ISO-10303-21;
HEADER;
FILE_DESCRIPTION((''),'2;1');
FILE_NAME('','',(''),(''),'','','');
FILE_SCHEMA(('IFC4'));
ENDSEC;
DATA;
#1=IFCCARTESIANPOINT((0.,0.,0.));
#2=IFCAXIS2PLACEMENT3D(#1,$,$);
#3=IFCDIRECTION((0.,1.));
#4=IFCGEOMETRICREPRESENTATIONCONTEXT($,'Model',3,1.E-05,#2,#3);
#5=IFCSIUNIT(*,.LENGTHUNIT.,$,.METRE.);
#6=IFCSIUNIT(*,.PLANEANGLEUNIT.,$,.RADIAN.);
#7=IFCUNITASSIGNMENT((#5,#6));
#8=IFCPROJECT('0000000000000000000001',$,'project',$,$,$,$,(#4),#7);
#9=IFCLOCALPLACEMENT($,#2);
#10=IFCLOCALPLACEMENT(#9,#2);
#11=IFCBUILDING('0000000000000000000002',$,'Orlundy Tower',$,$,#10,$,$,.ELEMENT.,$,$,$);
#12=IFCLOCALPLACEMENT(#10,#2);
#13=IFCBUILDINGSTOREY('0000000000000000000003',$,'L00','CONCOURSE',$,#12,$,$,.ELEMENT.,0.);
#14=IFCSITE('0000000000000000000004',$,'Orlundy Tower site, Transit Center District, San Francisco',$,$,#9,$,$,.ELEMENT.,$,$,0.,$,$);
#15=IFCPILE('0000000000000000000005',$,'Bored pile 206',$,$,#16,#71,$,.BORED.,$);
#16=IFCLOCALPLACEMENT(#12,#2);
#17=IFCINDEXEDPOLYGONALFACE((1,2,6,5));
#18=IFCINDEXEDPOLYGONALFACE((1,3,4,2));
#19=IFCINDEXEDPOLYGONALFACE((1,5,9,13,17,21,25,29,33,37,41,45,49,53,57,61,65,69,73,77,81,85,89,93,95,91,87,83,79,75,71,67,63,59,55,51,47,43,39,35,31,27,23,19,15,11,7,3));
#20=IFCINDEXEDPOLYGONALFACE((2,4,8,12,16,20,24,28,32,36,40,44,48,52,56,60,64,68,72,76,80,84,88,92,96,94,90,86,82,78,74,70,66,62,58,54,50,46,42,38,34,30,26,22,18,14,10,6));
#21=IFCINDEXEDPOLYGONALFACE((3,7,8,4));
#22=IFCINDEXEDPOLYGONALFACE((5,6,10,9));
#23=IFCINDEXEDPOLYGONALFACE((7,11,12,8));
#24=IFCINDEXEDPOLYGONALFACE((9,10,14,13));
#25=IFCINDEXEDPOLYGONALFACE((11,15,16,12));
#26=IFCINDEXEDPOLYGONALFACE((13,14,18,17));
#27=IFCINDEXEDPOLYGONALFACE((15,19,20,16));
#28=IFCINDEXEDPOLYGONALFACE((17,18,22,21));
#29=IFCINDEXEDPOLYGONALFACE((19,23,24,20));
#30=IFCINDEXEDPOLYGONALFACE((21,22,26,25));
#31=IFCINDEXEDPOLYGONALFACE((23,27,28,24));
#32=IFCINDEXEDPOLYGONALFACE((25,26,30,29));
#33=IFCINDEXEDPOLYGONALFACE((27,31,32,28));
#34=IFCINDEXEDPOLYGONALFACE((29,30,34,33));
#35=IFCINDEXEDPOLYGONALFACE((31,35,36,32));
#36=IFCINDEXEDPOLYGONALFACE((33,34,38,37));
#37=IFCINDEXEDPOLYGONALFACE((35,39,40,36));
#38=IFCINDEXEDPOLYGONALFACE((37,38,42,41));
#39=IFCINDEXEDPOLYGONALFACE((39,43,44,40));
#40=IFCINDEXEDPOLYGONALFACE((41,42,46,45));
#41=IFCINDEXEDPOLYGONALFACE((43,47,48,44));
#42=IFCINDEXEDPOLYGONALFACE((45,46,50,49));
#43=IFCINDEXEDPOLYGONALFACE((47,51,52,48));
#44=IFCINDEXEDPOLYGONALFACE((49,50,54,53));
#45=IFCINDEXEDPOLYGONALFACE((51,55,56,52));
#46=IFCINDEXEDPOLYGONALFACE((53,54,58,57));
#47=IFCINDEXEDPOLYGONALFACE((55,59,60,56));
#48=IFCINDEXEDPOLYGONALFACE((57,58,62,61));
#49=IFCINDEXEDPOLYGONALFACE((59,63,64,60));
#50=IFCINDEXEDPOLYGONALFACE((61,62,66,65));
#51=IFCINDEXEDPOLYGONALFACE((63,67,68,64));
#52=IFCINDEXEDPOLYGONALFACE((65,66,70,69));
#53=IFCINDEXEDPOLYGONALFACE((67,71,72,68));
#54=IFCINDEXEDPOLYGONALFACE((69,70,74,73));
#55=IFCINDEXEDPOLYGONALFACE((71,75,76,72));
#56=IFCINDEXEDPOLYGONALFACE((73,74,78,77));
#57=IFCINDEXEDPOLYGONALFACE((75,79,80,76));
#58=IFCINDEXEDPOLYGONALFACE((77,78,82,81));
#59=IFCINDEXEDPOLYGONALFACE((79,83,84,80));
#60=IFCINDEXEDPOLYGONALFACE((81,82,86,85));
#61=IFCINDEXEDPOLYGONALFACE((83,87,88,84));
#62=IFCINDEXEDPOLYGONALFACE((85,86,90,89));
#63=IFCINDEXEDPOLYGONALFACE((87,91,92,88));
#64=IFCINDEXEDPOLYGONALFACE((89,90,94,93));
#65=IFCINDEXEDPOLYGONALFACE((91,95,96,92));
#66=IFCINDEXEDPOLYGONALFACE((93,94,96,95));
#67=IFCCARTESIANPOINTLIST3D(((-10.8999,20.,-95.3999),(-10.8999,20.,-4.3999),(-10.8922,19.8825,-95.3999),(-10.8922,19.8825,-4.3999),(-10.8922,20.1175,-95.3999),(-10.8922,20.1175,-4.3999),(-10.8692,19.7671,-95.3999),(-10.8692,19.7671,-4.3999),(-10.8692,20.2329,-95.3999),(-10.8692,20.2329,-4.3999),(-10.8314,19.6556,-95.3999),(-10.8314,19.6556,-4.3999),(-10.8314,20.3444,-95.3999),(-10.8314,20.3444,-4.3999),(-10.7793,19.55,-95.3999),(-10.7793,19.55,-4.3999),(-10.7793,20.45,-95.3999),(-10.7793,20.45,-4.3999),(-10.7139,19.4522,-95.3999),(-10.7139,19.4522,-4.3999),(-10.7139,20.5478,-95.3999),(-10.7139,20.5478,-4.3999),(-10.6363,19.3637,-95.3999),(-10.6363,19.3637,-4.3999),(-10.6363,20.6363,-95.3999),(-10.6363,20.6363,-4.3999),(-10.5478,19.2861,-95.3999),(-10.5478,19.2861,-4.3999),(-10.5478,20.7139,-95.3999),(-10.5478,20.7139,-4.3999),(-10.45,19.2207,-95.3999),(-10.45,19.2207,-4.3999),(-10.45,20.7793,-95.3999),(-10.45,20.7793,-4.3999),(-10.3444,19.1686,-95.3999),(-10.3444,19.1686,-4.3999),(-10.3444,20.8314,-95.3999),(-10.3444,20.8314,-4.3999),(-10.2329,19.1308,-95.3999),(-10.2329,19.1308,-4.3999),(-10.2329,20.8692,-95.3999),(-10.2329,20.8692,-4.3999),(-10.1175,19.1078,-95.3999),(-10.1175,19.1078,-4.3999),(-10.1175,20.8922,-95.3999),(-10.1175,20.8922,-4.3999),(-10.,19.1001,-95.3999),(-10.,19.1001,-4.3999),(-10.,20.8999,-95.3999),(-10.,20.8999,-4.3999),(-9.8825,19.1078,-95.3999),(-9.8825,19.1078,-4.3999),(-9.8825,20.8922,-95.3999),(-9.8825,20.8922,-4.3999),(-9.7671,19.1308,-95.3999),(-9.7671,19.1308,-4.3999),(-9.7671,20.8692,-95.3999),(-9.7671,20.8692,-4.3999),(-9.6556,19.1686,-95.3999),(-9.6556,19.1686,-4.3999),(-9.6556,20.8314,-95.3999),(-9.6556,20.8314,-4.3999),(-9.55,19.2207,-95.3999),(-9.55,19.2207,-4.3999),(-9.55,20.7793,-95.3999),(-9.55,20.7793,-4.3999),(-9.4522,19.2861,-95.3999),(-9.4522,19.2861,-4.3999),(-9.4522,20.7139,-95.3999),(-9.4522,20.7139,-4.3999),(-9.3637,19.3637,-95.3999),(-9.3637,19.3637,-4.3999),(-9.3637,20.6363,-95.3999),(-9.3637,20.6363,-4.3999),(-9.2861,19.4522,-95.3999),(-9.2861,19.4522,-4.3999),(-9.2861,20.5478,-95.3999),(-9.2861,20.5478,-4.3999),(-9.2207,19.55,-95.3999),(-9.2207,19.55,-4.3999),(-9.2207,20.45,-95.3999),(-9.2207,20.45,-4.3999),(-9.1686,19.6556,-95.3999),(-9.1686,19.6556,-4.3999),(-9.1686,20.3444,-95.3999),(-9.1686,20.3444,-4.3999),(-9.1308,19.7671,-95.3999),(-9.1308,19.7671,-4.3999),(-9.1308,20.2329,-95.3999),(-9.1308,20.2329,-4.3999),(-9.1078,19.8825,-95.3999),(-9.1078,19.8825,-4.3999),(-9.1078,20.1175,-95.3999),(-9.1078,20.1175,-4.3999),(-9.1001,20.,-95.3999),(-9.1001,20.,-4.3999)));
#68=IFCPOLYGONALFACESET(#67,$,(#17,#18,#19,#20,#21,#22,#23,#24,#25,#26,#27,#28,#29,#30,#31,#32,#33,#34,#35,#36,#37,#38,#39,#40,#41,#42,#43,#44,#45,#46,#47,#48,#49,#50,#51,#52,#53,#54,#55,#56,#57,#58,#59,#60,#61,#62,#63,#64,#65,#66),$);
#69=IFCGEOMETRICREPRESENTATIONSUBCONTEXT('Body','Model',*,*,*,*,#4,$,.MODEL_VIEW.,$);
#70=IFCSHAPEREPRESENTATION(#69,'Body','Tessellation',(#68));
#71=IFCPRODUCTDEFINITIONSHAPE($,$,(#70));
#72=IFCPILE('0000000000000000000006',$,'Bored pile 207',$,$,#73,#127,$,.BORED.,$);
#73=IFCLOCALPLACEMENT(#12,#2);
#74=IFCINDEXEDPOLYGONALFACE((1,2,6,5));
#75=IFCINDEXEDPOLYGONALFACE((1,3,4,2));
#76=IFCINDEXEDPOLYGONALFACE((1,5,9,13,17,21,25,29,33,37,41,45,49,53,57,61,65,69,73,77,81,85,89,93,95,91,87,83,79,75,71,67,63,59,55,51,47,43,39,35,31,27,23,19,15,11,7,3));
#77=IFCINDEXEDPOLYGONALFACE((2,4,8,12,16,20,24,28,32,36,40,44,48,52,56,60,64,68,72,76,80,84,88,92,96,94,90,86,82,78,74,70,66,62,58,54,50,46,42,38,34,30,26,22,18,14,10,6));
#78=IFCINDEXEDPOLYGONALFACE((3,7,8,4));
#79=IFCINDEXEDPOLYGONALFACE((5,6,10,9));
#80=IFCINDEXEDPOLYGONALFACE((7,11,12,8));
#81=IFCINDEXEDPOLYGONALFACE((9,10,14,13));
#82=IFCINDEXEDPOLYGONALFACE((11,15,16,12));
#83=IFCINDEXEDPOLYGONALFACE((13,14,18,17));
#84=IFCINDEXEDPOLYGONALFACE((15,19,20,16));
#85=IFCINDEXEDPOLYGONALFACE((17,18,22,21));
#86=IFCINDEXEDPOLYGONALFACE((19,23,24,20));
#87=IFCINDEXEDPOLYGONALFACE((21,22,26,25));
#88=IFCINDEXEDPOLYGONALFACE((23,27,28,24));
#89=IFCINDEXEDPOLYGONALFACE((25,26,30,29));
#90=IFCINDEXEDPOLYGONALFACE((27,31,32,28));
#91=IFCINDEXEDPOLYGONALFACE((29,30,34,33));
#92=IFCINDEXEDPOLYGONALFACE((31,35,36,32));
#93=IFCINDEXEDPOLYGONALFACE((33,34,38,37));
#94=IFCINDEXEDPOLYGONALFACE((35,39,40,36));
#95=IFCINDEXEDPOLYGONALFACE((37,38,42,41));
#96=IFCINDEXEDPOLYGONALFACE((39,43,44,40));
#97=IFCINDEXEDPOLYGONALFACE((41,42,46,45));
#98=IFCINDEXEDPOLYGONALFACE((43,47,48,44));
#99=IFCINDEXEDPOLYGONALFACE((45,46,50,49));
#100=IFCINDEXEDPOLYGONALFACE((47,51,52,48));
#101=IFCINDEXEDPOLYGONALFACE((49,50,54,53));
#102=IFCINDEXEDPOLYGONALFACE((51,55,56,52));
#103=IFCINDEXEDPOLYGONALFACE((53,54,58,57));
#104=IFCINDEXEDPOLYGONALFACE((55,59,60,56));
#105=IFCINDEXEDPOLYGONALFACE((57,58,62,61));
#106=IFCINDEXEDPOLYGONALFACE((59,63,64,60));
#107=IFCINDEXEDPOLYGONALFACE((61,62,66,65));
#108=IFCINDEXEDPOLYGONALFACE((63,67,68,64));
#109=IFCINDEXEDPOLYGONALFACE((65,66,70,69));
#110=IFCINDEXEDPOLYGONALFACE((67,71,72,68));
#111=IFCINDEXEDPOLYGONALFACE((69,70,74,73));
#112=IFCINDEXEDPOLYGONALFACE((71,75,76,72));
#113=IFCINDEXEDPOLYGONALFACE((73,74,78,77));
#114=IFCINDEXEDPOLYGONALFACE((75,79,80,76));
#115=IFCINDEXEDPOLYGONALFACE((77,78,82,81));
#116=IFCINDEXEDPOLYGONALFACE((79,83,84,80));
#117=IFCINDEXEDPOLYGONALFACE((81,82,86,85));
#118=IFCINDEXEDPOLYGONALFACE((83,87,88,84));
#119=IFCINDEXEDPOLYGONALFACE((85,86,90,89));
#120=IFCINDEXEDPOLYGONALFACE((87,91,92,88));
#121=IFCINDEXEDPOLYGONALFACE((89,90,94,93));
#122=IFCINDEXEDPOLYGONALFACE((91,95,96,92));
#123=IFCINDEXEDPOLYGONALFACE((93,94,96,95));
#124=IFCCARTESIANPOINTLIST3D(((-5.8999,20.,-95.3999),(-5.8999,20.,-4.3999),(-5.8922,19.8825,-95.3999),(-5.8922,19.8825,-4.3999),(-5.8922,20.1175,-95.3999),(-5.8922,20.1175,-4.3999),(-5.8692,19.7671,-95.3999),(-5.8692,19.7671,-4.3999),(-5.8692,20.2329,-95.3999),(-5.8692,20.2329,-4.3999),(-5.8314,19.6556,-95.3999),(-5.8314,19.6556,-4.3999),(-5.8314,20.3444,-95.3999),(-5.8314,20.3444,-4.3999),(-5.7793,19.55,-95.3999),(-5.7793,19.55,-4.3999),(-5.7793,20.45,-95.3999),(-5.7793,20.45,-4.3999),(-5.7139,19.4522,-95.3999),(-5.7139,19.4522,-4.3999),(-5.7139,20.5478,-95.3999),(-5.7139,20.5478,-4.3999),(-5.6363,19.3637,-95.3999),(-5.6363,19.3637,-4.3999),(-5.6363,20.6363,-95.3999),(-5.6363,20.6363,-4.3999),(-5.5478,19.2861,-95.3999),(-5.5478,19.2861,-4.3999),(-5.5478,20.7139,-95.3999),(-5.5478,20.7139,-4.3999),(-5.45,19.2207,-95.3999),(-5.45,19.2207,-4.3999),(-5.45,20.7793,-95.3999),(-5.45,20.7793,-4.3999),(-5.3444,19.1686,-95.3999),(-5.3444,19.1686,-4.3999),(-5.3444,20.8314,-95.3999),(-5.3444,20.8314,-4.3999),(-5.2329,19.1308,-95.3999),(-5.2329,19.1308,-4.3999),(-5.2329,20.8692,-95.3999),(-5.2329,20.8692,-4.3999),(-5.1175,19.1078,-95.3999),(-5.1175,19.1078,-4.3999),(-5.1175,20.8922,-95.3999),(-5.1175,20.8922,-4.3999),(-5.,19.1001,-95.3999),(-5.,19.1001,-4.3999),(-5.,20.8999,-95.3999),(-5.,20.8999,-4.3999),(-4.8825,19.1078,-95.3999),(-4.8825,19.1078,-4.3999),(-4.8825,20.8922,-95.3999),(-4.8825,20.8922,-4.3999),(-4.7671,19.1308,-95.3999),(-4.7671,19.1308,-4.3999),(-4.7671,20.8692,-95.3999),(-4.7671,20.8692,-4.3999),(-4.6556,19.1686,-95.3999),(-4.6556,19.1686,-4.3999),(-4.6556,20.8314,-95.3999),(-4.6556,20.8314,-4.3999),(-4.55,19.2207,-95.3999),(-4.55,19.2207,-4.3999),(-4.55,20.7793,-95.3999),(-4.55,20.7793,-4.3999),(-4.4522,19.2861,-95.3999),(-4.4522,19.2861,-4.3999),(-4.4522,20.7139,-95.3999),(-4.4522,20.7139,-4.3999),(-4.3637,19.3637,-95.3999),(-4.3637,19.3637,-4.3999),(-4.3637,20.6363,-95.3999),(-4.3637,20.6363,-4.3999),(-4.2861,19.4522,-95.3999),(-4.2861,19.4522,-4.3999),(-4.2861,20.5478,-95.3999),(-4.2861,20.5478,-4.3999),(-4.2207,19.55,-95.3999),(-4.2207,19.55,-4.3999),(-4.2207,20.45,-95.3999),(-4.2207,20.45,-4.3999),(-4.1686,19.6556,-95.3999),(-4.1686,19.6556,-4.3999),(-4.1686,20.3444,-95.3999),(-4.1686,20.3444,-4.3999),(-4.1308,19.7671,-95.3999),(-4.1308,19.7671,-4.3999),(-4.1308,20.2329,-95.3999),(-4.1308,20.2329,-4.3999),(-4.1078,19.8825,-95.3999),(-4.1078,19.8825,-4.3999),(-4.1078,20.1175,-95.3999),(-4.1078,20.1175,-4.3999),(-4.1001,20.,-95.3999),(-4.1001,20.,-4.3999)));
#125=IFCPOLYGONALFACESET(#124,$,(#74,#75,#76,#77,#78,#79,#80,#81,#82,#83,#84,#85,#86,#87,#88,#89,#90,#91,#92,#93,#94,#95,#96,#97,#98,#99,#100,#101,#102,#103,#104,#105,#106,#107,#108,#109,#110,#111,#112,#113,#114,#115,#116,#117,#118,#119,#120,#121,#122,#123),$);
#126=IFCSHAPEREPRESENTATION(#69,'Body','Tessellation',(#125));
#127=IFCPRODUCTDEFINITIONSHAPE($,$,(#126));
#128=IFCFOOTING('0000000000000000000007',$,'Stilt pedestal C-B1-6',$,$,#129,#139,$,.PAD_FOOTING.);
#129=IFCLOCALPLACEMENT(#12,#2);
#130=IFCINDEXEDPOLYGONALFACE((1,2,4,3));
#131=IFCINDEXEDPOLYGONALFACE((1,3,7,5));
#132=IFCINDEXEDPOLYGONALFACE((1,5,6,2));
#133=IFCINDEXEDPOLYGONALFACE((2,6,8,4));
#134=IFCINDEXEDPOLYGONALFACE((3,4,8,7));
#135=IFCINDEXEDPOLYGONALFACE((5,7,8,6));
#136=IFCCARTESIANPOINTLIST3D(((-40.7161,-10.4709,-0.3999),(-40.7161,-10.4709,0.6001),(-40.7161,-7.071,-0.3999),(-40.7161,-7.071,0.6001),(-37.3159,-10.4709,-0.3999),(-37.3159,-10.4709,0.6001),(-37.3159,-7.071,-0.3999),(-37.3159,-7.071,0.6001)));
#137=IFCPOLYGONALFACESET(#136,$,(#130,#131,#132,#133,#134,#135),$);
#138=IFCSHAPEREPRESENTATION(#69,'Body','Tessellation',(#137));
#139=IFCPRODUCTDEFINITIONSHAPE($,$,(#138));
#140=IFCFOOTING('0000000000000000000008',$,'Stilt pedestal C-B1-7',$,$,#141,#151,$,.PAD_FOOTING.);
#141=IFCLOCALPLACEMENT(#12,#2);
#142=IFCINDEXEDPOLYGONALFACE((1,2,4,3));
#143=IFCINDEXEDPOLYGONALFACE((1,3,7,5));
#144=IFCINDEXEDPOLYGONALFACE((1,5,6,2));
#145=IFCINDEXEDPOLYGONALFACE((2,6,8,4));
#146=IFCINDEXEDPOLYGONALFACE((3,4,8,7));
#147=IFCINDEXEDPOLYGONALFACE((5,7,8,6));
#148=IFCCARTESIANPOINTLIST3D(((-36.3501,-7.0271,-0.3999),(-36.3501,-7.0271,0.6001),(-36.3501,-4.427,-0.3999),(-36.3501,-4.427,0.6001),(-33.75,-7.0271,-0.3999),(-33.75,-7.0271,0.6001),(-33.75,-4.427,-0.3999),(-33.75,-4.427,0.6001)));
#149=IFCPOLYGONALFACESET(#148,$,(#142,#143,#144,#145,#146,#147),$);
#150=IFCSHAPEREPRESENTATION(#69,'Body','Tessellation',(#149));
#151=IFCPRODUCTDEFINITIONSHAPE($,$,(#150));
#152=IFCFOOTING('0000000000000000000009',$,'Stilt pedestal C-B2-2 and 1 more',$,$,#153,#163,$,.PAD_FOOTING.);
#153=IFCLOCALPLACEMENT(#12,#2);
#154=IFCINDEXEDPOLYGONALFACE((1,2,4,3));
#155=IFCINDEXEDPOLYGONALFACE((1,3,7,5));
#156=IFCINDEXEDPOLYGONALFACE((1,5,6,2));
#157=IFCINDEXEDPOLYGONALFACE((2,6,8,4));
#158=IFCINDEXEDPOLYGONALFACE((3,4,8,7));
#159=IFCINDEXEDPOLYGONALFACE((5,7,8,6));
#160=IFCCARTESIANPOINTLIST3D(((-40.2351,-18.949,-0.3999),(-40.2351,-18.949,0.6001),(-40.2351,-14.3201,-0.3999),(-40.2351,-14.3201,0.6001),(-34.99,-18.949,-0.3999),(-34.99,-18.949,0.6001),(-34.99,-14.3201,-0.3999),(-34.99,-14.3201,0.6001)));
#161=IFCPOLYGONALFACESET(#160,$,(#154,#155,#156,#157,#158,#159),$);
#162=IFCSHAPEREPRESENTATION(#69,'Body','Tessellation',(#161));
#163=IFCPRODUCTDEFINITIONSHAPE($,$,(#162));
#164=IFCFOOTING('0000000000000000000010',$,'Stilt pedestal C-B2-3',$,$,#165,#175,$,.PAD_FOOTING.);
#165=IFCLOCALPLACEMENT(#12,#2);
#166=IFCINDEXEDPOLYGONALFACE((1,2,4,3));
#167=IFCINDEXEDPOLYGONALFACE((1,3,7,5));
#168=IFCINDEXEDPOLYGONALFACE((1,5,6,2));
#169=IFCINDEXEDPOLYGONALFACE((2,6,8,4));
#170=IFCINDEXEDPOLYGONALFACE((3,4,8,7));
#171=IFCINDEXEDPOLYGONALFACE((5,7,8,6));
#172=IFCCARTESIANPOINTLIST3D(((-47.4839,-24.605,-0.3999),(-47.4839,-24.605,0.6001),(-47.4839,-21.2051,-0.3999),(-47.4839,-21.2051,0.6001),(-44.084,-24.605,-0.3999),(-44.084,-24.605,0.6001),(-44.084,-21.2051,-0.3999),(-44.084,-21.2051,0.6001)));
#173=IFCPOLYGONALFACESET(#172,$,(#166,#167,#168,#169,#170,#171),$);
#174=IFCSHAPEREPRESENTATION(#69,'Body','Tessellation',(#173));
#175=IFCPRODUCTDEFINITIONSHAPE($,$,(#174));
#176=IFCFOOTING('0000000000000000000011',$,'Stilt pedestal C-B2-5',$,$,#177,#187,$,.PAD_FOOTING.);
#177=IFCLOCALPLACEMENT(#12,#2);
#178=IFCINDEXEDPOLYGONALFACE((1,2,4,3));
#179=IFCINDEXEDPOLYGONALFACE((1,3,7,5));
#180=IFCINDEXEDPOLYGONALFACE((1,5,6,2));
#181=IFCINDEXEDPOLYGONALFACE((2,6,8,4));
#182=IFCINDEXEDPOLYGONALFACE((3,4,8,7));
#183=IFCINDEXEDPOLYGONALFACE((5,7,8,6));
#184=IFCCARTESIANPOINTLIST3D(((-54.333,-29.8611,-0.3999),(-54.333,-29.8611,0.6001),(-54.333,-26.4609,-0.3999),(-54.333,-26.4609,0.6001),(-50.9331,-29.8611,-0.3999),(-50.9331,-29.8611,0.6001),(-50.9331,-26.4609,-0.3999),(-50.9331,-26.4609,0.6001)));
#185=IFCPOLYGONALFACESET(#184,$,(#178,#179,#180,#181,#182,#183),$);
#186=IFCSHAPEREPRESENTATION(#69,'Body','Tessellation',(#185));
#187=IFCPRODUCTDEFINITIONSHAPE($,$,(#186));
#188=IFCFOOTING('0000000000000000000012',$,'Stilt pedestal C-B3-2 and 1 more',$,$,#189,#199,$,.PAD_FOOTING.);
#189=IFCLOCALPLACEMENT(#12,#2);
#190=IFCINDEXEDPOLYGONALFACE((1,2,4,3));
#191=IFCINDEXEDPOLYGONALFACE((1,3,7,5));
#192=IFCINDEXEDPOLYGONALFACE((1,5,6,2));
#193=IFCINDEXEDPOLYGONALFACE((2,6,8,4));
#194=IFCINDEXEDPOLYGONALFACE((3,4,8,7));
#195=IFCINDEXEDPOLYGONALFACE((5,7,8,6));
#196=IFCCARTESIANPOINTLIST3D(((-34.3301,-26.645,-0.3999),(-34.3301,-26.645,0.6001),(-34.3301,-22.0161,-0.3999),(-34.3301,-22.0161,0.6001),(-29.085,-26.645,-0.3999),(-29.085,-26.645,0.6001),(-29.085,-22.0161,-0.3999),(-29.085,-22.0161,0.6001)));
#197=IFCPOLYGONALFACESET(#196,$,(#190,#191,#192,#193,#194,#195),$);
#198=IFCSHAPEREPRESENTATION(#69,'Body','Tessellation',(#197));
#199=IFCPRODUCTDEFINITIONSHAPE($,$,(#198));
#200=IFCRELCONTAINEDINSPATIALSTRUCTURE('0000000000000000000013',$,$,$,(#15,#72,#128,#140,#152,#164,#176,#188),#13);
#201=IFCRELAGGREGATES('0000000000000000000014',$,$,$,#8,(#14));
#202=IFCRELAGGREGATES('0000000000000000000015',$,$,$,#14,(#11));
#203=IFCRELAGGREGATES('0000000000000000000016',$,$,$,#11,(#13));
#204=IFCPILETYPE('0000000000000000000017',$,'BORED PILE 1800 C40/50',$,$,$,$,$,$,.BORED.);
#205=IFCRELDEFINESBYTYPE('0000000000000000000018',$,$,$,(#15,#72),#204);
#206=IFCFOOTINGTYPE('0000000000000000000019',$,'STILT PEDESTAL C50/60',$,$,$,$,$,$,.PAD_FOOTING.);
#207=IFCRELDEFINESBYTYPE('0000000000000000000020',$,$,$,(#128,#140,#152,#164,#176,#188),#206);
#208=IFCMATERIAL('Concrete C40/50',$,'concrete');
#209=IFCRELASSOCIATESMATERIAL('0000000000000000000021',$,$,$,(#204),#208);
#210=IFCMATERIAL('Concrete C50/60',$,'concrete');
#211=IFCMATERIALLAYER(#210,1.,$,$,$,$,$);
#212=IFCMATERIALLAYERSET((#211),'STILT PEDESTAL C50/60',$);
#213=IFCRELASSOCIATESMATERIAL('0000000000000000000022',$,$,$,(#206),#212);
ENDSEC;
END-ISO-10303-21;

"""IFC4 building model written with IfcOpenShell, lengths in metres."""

from ifc_helpers import new_model, si_unit, direction, frame, origin, origin_2d, place, context, subcontext, project, spatial, polyline, circle, outline, extrude, material, layer, layer_set, material_profile, profile_set, type_object, element, save


model = new_model("IFC4")

# Units and contexts
model_context = context("Model", 3, precision=1e-05, world=origin(), true_north=direction((0.0, 1.0)))
body_context = subcontext(model_context, "Body", "Model", "MODEL_VIEW")
ifc_project = project(units=[si_unit("LENGTHUNIT", "METRE"), si_unit("PLANEANGLEUNIT", "RADIAN")], contexts=[model_context])

# Site, building, storey
site_placement = place(None, origin())
site = spatial("IfcSite", under=ifc_project, at=site_placement, Name="Orlundy Tower site, Transit Center District, San Francisco", CompositionType="ELEMENT", RefElevation=0.0)
building_placement = place(site_placement, origin())
building = spatial("IfcBuilding", under=site, at=building_placement, Name="Orlundy Tower", CompositionType="ELEMENT")
storey_placement = place(building_placement, origin())
storey = spatial("IfcBuildingStorey", under=building, at=storey_placement, Name="L00", Description="CONCOURSE", CompositionType="ELEMENT", Elevation=0.0)

# Piles
ifc_material_1 = material(Name="Concrete C40/50", Category="concrete")
ifc_material_profile = material_profile(ifc_material_1, circle(Radius=0.8999, at=origin_2d()), Name="BP1800")
ifc_profile_set = profile_set([ifc_material_profile], Name="Concrete C40/50")
pile_type = type_object("IfcPileType", Name="BORED PILE 1800 C40/50", PredefinedType="BORED", material=ifc_profile_set)
for number, where, z_axis, x_axis, name in (
    (1, (-10.0, 20.0, -4.3999), (0.0, 0.0, -1.0), (1.0, 0.0, 0.0), "Bored pile 206"),
    (2, (-5.0, 20.0, -4.3999), (0.0, 0.0, -1.0), (1.0, 0.0, 0.0), "Bored pile 207"),
):
    element("IfcPile", number, at=place(storey_placement, frame(where, z_axis=z_axis, x_axis=x_axis)), inside=storey, type_object=pile_type, Name=name, PredefinedType="BORED", context=body_context, shape_type="SweptSolid", body=[
        extrude(circle(Radius=0.8999, at=origin_2d()), origin(), (0.0, 0.0, 1.0), 91.0),
    ])

# Footings
ifc_material_2 = material(Name="Concrete C50/60", Category="concrete")
ifc_layer_1 = layer(ifc_material_2, 1.0)
ifc_layer_set_1 = layer_set([ifc_layer_1], Name="STILT PEDESTAL C50/60")
footing_type = type_object("IfcFootingType", Name="STILT PEDESTAL C50/60", PredefinedType="PAD_FOOTING", material=ifc_layer_set_1)
footing_1_placement = place(storey_placement, frame((0.0, 0.0, -0.3999)))
element("IfcFooting", 3, at=footing_1_placement, inside=storey, type_object=footing_type, Name="Stilt pedestal C-B1-6", PredefinedType="PAD_FOOTING", context=body_context, shape_type="SweptSolid", body=[
    extrude(outline(polyline([(-37.3159, -10.4709), (-37.3159, -7.071), (-40.7161, -7.071), (-40.7161, -10.4709), (-37.3159, -10.4709)])), origin(), (0.0, 0.0, 1.0), 1.0),
])
footing_2_placement = place(storey_placement, frame((0.0, 0.0, -0.3999)))
element("IfcFooting", 4, at=footing_2_placement, inside=storey, type_object=footing_type, Name="Stilt pedestal C-B1-7", PredefinedType="PAD_FOOTING", context=body_context, shape_type="SweptSolid", body=[
    extrude(outline(polyline([(-33.75, -7.0271), (-33.75, -4.427), (-36.3501, -4.427), (-36.3501, -7.0271), (-33.75, -7.0271)])), origin(), (0.0, 0.0, 1.0), 1.0),
])
footing_3_placement = place(storey_placement, frame((0.0, 0.0, -0.3999)))
element("IfcFooting", 5, at=footing_3_placement, inside=storey, type_object=footing_type, Name="Stilt pedestal C-B2-2 and 1 more", PredefinedType="PAD_FOOTING", context=body_context, shape_type="SweptSolid", body=[
    extrude(outline(polyline([(-34.99, -18.949), (-34.99, -14.3201), (-40.2351, -14.3201), (-40.2351, -18.949), (-34.99, -18.949)])), origin(), (0.0, 0.0, 1.0), 1.0),
])
footing_4_placement = place(storey_placement, frame((0.0, 0.0, -0.3999)))
element("IfcFooting", 6, at=footing_4_placement, inside=storey, type_object=footing_type, Name="Stilt pedestal C-B2-3", PredefinedType="PAD_FOOTING", context=body_context, shape_type="SweptSolid", body=[
    extrude(outline(polyline([(-44.084, -24.605), (-44.084, -21.2051), (-47.4839, -21.2051), (-47.4839, -24.605), (-44.084, -24.605)])), origin(), (0.0, 0.0, 1.0), 1.0),
])
footing_5_placement = place(storey_placement, frame((0.0, 0.0, -0.3999)))
element("IfcFooting", 7, at=footing_5_placement, inside=storey, type_object=footing_type, Name="Stilt pedestal C-B2-5", PredefinedType="PAD_FOOTING", context=body_context, shape_type="SweptSolid", body=[
    extrude(outline(polyline([(-50.9331, -29.8611), (-50.9331, -26.4609), (-54.333, -26.4609), (-54.333, -29.8611), (-50.9331, -29.8611)])), origin(), (0.0, 0.0, 1.0), 1.0),
])
footing_6_placement = place(storey_placement, frame((0.0, 0.0, -0.3999)))
element("IfcFooting", 8, at=footing_6_placement, inside=storey, type_object=footing_type, Name="Stilt pedestal C-B3-2 and 1 more", PredefinedType="PAD_FOOTING", context=body_context, shape_type="SweptSolid", body=[
    extrude(outline(polyline([(-29.085, -26.645), (-29.085, -22.0161), (-34.3301, -22.0161), (-34.3301, -26.645), (-29.085, -26.645)])), origin(), (0.0, 0.0, 1.0), 1.0),
])

save(model, "model.ifc")
